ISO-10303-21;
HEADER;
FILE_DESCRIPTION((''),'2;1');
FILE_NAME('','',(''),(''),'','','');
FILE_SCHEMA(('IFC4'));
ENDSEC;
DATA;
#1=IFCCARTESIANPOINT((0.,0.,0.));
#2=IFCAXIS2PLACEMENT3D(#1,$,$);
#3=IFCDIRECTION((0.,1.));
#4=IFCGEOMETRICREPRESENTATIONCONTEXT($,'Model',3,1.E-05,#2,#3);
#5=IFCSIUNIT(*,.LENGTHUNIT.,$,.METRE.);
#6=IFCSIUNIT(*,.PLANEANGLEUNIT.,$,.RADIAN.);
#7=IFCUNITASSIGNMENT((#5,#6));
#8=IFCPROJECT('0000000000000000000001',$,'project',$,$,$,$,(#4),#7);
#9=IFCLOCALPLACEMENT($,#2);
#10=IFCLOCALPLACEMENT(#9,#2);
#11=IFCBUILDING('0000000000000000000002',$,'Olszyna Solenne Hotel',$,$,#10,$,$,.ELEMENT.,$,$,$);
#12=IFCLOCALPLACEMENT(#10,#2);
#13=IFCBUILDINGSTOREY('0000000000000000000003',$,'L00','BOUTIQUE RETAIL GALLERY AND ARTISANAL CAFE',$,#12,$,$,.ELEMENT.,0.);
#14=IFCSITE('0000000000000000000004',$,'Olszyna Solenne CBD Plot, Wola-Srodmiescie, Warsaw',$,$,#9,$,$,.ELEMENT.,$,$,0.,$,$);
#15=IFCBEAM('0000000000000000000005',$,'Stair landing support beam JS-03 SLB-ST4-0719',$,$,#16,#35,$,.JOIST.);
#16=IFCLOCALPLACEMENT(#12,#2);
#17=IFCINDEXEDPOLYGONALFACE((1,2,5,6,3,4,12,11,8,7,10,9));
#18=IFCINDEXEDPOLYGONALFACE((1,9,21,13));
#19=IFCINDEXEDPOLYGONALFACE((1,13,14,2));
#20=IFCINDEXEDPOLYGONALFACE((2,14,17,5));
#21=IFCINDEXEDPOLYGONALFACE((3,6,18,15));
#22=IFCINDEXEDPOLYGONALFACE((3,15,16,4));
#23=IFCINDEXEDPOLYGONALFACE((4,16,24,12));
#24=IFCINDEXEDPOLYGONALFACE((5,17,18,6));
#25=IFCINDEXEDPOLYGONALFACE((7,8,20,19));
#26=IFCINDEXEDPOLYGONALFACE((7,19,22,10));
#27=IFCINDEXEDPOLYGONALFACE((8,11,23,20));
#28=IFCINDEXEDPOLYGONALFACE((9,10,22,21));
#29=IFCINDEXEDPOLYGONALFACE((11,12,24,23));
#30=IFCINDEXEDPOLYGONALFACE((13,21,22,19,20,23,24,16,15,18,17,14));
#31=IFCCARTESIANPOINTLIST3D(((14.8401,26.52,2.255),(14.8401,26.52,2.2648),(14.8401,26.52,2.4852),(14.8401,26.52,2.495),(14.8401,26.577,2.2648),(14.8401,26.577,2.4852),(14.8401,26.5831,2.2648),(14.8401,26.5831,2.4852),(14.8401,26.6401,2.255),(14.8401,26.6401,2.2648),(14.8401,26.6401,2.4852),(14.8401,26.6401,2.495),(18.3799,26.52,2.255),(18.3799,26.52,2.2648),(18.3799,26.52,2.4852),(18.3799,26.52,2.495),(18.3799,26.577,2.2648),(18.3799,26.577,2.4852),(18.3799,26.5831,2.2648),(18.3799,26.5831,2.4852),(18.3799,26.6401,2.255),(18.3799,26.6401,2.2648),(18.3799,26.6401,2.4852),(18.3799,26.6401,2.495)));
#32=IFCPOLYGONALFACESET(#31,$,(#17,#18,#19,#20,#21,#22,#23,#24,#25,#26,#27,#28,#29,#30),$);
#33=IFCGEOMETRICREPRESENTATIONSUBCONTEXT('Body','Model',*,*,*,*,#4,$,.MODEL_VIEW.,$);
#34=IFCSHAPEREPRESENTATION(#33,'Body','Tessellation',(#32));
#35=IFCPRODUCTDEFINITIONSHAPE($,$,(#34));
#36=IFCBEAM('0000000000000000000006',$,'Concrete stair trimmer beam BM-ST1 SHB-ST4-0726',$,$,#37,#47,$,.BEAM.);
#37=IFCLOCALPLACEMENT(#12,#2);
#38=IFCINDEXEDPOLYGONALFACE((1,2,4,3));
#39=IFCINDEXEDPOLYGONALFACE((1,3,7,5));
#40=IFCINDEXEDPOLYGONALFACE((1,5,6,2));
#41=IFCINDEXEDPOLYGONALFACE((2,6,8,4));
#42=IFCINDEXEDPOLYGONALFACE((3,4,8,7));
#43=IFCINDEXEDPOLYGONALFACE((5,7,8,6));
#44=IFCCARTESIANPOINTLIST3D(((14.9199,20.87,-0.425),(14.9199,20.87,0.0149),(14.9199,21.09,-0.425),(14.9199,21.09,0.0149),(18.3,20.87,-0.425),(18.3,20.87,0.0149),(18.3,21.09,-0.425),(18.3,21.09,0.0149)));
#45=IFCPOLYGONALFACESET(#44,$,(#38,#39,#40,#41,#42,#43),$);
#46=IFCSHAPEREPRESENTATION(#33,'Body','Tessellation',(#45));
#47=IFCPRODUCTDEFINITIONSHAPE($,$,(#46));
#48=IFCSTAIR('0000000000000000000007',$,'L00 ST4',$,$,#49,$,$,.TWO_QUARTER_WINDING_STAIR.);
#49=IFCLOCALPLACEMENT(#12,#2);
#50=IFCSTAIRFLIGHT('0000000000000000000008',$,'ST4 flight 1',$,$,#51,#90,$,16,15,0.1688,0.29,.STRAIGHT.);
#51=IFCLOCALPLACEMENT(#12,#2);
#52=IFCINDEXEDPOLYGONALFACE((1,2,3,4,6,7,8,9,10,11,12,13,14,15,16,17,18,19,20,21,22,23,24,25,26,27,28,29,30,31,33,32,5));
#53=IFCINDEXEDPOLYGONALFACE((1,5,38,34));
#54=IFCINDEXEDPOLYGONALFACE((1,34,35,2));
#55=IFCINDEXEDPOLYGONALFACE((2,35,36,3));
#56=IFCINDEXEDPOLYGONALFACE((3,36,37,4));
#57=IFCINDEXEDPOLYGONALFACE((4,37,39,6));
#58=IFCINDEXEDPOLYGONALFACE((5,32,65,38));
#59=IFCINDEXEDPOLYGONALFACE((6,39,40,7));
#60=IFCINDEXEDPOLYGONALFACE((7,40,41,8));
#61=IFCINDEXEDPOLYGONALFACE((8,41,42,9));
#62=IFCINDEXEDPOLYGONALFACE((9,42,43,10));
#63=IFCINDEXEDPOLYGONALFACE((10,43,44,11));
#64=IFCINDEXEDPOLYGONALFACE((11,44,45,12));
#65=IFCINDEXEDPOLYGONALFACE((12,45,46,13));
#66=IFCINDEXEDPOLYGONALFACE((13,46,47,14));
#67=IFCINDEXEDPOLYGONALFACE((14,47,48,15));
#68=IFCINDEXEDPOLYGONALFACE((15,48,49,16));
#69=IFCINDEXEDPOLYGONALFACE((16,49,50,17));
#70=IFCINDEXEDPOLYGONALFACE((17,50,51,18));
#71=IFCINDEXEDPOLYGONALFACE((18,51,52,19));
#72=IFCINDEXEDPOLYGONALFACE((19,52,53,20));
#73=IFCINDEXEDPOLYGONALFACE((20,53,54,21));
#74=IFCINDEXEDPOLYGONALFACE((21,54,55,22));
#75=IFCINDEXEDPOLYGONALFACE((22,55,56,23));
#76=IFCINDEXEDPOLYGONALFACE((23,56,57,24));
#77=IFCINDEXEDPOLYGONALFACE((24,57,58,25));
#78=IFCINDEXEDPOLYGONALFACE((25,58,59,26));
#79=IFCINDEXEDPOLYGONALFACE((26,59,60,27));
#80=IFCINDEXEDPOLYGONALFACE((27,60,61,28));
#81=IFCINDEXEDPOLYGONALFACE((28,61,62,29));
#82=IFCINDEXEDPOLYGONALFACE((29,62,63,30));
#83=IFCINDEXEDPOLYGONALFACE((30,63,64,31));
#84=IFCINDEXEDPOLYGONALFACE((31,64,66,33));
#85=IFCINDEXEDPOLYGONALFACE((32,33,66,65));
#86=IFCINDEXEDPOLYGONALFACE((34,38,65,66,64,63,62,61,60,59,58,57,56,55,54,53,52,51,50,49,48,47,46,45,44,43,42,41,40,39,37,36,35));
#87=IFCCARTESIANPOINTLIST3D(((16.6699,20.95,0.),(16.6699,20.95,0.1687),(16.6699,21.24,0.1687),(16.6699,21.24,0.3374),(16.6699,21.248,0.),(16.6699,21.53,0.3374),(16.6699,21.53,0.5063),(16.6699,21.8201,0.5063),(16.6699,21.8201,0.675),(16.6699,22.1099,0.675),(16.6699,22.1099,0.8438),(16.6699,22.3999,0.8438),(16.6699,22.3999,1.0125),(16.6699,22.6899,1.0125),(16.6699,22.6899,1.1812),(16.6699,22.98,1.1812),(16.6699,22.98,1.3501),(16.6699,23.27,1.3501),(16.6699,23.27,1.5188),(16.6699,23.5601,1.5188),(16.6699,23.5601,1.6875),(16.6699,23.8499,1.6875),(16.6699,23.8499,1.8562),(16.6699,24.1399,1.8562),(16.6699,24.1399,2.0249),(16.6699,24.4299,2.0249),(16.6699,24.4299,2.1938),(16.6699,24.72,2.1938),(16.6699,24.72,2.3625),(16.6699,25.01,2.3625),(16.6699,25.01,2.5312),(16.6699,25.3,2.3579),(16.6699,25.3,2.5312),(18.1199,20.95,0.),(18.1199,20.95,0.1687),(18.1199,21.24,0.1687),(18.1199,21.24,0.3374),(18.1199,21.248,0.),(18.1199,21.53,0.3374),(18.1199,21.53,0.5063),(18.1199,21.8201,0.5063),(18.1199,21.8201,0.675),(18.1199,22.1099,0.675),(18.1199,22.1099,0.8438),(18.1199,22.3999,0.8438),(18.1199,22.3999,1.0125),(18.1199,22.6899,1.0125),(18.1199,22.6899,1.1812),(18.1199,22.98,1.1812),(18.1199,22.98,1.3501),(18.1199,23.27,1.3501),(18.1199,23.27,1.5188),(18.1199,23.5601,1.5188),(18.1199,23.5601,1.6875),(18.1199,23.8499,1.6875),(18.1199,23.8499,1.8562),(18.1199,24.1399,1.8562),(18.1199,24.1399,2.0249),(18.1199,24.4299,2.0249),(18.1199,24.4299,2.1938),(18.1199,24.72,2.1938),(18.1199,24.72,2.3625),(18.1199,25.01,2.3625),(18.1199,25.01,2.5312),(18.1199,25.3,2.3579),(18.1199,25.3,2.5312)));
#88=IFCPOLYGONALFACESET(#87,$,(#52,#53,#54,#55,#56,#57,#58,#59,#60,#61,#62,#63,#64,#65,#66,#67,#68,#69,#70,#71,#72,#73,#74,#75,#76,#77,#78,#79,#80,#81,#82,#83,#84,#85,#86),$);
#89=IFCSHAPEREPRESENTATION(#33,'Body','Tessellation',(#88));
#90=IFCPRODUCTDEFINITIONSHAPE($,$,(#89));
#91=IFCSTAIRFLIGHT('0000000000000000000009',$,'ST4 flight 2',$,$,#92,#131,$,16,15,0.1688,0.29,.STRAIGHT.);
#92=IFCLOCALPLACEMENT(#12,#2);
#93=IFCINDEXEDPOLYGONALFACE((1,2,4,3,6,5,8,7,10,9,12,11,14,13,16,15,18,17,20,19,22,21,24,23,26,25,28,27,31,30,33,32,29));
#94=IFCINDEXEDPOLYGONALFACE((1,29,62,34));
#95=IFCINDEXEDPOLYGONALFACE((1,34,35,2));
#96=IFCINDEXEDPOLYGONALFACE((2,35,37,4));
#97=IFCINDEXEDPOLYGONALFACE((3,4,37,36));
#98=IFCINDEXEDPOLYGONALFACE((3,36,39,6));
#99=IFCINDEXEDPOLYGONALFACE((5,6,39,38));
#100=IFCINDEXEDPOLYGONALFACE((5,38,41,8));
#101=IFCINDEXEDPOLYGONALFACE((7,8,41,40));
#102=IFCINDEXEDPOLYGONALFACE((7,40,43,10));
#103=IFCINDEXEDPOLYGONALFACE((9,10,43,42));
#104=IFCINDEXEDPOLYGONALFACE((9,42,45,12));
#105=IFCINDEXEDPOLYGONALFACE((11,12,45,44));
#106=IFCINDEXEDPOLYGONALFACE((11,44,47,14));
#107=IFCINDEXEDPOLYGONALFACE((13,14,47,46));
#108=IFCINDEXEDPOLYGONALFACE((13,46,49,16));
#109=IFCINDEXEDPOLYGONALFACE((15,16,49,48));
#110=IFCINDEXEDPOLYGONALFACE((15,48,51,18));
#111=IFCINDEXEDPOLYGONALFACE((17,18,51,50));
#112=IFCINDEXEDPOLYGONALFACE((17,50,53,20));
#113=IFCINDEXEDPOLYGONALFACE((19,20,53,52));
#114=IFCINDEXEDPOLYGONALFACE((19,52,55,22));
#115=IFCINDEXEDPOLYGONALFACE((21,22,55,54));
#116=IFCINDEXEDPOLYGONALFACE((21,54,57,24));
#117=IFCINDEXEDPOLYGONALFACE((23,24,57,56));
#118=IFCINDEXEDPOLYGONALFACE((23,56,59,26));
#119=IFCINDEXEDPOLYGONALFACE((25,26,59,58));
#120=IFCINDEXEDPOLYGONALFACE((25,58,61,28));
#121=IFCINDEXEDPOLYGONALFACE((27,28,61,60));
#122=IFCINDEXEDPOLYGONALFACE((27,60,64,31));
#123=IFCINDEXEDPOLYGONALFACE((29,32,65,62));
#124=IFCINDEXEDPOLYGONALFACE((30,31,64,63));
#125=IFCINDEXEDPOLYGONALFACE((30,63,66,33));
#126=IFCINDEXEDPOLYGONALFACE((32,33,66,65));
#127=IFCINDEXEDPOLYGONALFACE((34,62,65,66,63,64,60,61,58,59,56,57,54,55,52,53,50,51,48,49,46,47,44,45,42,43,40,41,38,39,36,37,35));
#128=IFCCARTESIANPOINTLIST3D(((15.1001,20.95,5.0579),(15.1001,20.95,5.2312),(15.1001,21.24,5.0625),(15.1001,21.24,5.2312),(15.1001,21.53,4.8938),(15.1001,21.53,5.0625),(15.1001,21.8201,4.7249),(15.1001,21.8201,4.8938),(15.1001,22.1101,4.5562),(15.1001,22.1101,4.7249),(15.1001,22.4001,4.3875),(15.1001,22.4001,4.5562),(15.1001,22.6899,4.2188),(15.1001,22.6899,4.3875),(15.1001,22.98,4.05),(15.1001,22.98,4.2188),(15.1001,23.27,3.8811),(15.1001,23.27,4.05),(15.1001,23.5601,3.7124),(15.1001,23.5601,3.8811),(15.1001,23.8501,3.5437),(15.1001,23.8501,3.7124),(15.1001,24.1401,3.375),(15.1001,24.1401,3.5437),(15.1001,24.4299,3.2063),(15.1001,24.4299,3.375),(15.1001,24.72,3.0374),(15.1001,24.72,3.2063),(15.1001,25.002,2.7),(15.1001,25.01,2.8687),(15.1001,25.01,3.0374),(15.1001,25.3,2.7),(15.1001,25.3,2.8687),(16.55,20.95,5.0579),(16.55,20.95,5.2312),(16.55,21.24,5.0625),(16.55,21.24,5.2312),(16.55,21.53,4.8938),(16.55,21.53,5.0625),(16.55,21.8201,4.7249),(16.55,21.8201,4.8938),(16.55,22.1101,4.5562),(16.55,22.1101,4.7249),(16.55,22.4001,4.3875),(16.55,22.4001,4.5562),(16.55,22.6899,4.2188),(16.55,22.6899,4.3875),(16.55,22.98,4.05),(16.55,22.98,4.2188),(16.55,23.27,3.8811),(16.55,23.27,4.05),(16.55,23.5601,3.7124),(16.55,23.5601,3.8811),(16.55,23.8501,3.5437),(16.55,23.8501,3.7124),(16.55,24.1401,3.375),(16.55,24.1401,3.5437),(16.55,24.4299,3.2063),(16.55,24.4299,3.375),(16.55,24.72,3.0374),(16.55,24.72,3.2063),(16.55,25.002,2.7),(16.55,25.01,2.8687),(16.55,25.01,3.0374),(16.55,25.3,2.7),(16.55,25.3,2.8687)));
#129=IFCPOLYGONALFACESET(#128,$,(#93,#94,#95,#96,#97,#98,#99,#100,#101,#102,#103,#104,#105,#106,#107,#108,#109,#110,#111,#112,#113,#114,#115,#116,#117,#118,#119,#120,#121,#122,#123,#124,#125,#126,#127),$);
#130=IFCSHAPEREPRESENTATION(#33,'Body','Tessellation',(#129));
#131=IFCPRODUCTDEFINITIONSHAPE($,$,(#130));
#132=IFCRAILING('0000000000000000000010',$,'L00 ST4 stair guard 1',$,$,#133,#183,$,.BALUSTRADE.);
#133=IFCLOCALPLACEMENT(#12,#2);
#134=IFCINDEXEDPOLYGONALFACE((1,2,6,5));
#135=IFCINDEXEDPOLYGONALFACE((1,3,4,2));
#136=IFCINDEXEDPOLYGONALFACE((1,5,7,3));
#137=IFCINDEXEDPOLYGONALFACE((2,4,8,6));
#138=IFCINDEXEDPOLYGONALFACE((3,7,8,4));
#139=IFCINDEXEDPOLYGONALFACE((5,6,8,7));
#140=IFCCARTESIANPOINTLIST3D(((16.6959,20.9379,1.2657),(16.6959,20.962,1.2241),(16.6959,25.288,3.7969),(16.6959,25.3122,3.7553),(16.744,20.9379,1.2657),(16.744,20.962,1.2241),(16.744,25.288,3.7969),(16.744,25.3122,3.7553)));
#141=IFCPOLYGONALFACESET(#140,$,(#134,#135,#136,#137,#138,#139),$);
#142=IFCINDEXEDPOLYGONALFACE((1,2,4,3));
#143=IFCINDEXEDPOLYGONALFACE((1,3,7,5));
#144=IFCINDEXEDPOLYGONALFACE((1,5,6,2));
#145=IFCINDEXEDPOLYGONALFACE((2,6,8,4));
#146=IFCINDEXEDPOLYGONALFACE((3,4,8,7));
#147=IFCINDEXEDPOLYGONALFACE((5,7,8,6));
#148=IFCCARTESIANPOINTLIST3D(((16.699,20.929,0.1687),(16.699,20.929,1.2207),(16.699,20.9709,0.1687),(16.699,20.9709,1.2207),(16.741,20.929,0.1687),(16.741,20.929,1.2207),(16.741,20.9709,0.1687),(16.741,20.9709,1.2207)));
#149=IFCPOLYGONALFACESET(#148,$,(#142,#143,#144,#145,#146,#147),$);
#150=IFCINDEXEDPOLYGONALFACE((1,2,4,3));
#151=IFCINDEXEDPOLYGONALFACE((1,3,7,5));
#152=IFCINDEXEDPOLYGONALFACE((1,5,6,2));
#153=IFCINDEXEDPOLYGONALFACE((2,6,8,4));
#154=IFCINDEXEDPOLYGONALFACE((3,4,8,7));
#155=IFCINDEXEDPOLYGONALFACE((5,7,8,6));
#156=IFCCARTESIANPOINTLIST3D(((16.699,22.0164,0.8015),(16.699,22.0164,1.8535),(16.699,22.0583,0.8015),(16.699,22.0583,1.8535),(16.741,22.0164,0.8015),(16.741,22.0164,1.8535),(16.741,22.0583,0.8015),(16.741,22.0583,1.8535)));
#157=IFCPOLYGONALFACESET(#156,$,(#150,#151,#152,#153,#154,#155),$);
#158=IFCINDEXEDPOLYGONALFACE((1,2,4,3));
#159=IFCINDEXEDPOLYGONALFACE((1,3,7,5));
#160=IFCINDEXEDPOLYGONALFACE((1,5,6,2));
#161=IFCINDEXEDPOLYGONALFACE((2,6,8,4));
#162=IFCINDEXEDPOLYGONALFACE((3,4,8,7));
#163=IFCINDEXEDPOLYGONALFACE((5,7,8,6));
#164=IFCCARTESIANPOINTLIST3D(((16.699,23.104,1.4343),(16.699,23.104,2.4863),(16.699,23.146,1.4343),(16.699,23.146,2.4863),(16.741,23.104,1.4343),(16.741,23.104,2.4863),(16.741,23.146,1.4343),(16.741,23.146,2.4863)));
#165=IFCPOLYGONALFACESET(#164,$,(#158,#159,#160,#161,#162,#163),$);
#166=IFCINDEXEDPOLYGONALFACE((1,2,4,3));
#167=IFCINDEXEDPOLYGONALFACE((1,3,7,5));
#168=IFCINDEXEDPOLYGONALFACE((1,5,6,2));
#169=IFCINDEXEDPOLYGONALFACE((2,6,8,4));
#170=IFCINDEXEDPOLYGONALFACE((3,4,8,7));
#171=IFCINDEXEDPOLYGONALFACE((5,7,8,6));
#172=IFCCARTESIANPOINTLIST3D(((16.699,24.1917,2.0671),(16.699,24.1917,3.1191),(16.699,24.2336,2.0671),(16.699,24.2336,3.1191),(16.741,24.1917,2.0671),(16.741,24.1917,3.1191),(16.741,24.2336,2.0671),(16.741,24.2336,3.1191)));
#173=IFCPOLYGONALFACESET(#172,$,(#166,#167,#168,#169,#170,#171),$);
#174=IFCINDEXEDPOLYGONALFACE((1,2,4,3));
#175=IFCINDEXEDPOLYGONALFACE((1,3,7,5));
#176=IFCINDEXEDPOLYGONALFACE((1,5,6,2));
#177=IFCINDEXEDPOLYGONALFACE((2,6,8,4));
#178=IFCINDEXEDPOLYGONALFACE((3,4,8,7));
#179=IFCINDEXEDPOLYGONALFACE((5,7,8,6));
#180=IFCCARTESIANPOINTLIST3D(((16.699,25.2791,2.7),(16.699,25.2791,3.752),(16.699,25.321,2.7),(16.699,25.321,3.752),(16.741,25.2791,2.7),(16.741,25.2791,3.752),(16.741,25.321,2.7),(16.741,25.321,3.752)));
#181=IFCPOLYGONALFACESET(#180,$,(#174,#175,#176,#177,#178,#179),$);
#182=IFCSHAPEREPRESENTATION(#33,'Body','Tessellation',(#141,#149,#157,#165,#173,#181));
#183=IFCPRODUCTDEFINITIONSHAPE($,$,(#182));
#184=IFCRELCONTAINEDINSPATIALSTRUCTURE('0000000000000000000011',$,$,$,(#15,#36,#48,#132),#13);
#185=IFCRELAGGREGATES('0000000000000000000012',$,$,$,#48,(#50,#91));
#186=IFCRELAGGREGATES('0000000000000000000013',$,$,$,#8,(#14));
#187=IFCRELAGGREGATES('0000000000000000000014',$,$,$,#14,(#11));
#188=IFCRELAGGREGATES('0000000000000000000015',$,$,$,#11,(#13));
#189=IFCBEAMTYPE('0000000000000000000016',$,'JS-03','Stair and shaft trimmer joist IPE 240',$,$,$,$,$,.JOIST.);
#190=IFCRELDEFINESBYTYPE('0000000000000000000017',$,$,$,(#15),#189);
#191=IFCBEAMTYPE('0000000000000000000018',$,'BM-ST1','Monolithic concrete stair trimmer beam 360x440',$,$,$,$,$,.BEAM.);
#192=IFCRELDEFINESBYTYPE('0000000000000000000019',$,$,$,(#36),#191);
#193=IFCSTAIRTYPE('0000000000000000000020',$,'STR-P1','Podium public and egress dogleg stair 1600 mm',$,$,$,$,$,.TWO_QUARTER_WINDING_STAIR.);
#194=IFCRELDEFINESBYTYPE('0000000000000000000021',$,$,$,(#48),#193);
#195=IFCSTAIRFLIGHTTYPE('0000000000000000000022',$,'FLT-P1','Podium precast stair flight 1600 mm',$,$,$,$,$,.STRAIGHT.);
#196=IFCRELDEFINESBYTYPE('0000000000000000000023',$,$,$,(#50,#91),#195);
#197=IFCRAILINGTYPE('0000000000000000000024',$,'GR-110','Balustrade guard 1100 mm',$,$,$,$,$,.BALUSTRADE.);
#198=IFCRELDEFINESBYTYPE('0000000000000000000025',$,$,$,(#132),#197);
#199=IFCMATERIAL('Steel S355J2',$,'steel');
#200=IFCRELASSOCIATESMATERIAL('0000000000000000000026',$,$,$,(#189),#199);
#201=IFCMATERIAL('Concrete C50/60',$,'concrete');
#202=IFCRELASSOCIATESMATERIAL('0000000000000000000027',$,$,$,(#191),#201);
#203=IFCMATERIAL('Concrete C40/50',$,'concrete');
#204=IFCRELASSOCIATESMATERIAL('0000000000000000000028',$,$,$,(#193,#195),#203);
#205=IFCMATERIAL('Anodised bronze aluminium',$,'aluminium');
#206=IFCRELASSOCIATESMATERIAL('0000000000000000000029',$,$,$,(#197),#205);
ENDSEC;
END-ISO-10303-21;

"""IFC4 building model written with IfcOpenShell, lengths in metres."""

from ifc_helpers import new_model, si_unit, direction, frame, origin, origin_2d, place, context, subcontext, project, spatial, polyline, rectangle, i_section, outline, extrude, source, transform, mapped, material, material_profile, profile_set, type_object, element, aggregate, save


model = new_model("IFC4")

# Units and contexts
model_context = context("Model", 3, precision=1e-05, world=origin(), true_north=direction((0.0, 1.0)))
body_context = subcontext(model_context, "Body", "Model", "MODEL_VIEW")
ifc_project = project(units=[si_unit("LENGTHUNIT", "METRE"), si_unit("PLANEANGLEUNIT", "RADIAN")], contexts=[model_context])

# Site, building, storey
site_placement = place(None, origin())
site = spatial("IfcSite", under=ifc_project, at=site_placement, Name="Olszyna Solenne CBD Plot, Wola-Srodmiescie, Warsaw", CompositionType="ELEMENT", RefElevation=0.0)
building_placement = place(site_placement, origin())
building = spatial("IfcBuilding", under=site, at=building_placement, Name="Olszyna Solenne Hotel", CompositionType="ELEMENT")
storey_placement = place(building_placement, origin())
storey = spatial("IfcBuildingStorey", under=building, at=storey_placement, Name="L00", Description="BOUTIQUE RETAIL GALLERY AND ARTISANAL CAFE", CompositionType="ELEMENT", Elevation=0.0)

# Shared definitions
ifc_material_1 = material(Name="Concrete C50/60", Category="concrete")
ifc_material_2 = material(Name="Steel S355J2", Category="steel")

# Beams
ifc_material_profile_1 = material_profile(ifc_material_2, i_section(OverallWidth=0.1201, OverallDepth=0.24, WebThickness=0.0061, FlangeThickness=0.0098, at=origin_2d()), Name="IPE 240", Category="load-bearing")
ifc_profile_set_1 = profile_set([ifc_material_profile_1], Name="Steel S355J2")
beam_type_1 = type_object("IfcBeamType", Name="JS-03", Description="Stair and shaft trimmer joist IPE 240", PredefinedType="JOIST", material=ifc_profile_set_1)
shared_shape_1 = source(origin(), body_context, "Body", "SweptSolid", [
    extrude(i_section(OverallWidth=0.1201, OverallDepth=0.24, WebThickness=0.0061, FlangeThickness=0.0098, at=origin_2d()), origin(), (0.0, 0.0, 1.0), 3.5398),
])
for number, where, z_axis, x_axis, name in (
    (1, (18.3799, 26.5801, 2.375), (-1.0, 0.0, 0.0), (0.0, -1.0, 0.0), "Stair landing support beam JS-03 SLB-ST4-0719"),
):
    element("IfcBeam", number, at=place(storey_placement, frame(where, z_axis=z_axis, x_axis=x_axis)), inside=storey, type_object=beam_type_1, Name=name, PredefinedType="JOIST", context=body_context, shape_type="MappedRepresentation", body=[
        mapped(shared_shape_1, transform((0.0, 0.0, 0.0), x_axis=(1.0, 0.0, 0.0), y_axis=(0.0, 1.0, 0.0), z_axis=(0.0, 0.0, 1.0), scale=1.0)),
    ])
ifc_material_profile_2 = material_profile(ifc_material_1, rectangle(XDim=0.22, YDim=0.4399, at=origin_2d()), Name="RC 220x440", Category="load-bearing")
ifc_profile_set_2 = profile_set([ifc_material_profile_2], Name="Concrete C50/60")
beam_type_2 = type_object("IfcBeamType", Name="BM-ST1", Description="Monolithic concrete stair trimmer beam 360x440", PredefinedType="BEAM", material=ifc_profile_set_2)
shared_shape_2 = source(origin(), body_context, "Body", "SweptSolid", [
    extrude(rectangle(XDim=0.22, YDim=0.4399, at=origin_2d()), origin(), (0.0, 0.0, 1.0), 3.3801),
])
beam_1_placement = place(storey_placement, frame((18.3, 20.98, -0.2051), z_axis=(-1.0, 0.0, 0.0), x_axis=(0.0, -1.0, 0.0)))
element("IfcBeam", 2, at=beam_1_placement, inside=storey, type_object=beam_type_2, Name="Concrete stair trimmer beam BM-ST1 SHB-ST4-0726", PredefinedType="BEAM", context=body_context, shape_type="MappedRepresentation", body=[
    mapped(shared_shape_2, transform((0.0, 0.0, 0.0), x_axis=(1.0, 0.0, 0.0), y_axis=(0.0, 1.0, 0.0), z_axis=(0.0, 0.0, 1.0), scale=1.0)),
])

# Stair, stair flights
ifc_material_3 = material(Name="Concrete C40/50", Category="concrete")
stair_type = type_object("IfcStairType", Name="STR-P1", Description="Podium public and egress dogleg stair 1600 mm", PredefinedType="TWO_QUARTER_WINDING_STAIR", material=ifc_material_3)
stair_placement = place(storey_placement, origin())
stair = element("IfcStair", 3, at=stair_placement, inside=storey, type_object=stair_type, Name="L00 ST4", PredefinedType="TWO_QUARTER_WINDING_STAIR")
stair_flight_type = type_object("IfcStairFlightType", Name="FLT-P1", Description="Podium precast stair flight 1600 mm", PredefinedType="STRAIGHT", material=ifc_material_3)
stair_flight_1_placement = place(storey_placement, frame((17.395, 20.95, 0.0), z_axis=(0.0, 0.0, 1.0), x_axis=(0.0, 1.0, 0.0)))
stair_flight_1 = element("IfcStairFlight", 4, at=stair_flight_1_placement, type_object=stair_flight_type, Name="ST4 flight 1", NumberOfRisers=16, NumberOfTreads=15, PredefinedType="STRAIGHT", RiserHeight=0.1688, TreadLength=0.29, context=body_context, shape_type="SweptSolid", body=[
    extrude(outline(polyline([(0.0, 0.0), (0.0, 0.1687), (0.29, 0.1687), (0.29, 0.3374), (0.5801, 0.3374), (0.5801, 0.5063), (0.8701, 0.5063), (0.8701, 0.675), (1.1599, 0.675), (1.1599, 0.8438), (1.45, 0.8438), (1.45, 1.0125), (1.74, 1.0125), (1.74, 1.1812), (2.03, 1.1812), (2.03, 1.3501), (2.3201, 1.3501), (2.3201, 1.5188), (2.6101, 1.5188), (2.6101, 1.6875), (2.8999, 1.6875), (2.8999, 1.8562), (3.1899, 1.8562), (3.1899, 2.0249), (3.48, 2.0249), (3.48, 2.1938), (3.77, 2.1938), (3.77, 2.3625), (4.0601, 2.3625), (4.0601, 2.5312), (4.3501, 2.5312), (4.3501, 2.7), (4.3501, 2.3579), (0.2981, 0.0), (0.0, 0.0)])), frame((0.0, 0.7251, 0.0), z_axis=(0.0, -1.0, 0.0), x_axis=(1.0, 0.0, 0.0)), (0.0, 0.0, 1.0), 1.45),
])
stair_flight_2_placement = place(storey_placement, frame((15.825, 25.3, 2.7), z_axis=(0.0, 0.0, 1.0), x_axis=(0.0, -1.0, 0.0)))
stair_flight_2 = element("IfcStairFlight", 5, at=stair_flight_2_placement, type_object=stair_flight_type, Name="ST4 flight 2", NumberOfRisers=16, NumberOfTreads=15, PredefinedType="STRAIGHT", RiserHeight=0.1688, TreadLength=0.29, context=body_context, shape_type="SweptSolid", body=[
    extrude(outline(polyline([(0.0, 0.0), (0.0, 0.1687), (0.29, 0.1687), (0.29, 0.3374), (0.5801, 0.3374), (0.5801, 0.5063), (0.8701, 0.5063), (0.8701, 0.675), (1.1599, 0.675), (1.1599, 0.8438), (1.45, 0.8438), (1.45, 1.0125), (1.74, 1.0125), (1.74, 1.1812), (2.03, 1.1812), (2.03, 1.3501), (2.3201, 1.3501), (2.3201, 1.5188), (2.6101, 1.5188), (2.6101, 1.6875), (2.8999, 1.6875), (2.8999, 1.8562), (3.1899, 1.8562), (3.1899, 2.0249), (3.48, 2.0249), (3.48, 2.1938), (3.77, 2.1938), (3.77, 2.3625), (4.0601, 2.3625), (4.0601, 2.5312), (4.3501, 2.5312), (4.3501, 2.7), (4.3501, 2.3579), (0.2981, 0.0), (0.0, 0.0)])), frame((0.0, 0.7251, 0.0), z_axis=(0.0, -1.0, 0.0), x_axis=(1.0, 0.0, 0.0)), (0.0, 0.0, 1.0), 1.45),
])
aggregate(stair, [stair_flight_1, stair_flight_2])

# Railing
ifc_material_4 = material(Name="Anodised bronze aluminium", Category="aluminium")
railing_type_1 = type_object("IfcRailingType", Name="GR-110", Description="Balustrade guard 1100 mm", PredefinedType="BALUSTRADE", material=ifc_material_4)
railing_1_placement = place(storey_placement, frame((16.72, 20.95, 0.1687)))
element("IfcRailing", 6, at=railing_1_placement, inside=storey, type_object=railing_type_1, Name="L00 ST4 stair guard 1", PredefinedType="BALUSTRADE", context=body_context, shape_type="SweptSolid", body=[
    extrude(rectangle(XDim=0.0481, YDim=0.0481, at=origin_2d()), frame((0.0, 0.0, 1.0762), z_axis=(0.0, 0.864324, 0.502936), x_axis=(-1.0, 0.0, 0.0)), (0.0, 0.0, 1.0), 5.033),
    extrude(rectangle(XDim=0.042, YDim=0.042, at=origin_2d()), origin(), (0.0, 0.0, 1.0), 1.052),
    extrude(rectangle(XDim=0.042, YDim=0.042, at=origin_2d()), frame((0.0, 1.0874, 0.6328)), (0.0, 0.0, 1.0), 1.052),
    extrude(rectangle(XDim=0.042, YDim=0.042, at=origin_2d()), frame((0.0, 2.175, 1.2656)), (0.0, 0.0, 1.0), 1.052),
    extrude(rectangle(XDim=0.042, YDim=0.042, at=origin_2d()), frame((0.0, 3.2627, 1.8984)), (0.0, 0.0, 1.0), 1.052),
    extrude(rectangle(XDim=0.042, YDim=0.042, at=origin_2d()), frame((0.0, 4.3501, 2.5312)), (0.0, 0.0, 1.0), 1.052),
])

save(model, "model.ifc")
